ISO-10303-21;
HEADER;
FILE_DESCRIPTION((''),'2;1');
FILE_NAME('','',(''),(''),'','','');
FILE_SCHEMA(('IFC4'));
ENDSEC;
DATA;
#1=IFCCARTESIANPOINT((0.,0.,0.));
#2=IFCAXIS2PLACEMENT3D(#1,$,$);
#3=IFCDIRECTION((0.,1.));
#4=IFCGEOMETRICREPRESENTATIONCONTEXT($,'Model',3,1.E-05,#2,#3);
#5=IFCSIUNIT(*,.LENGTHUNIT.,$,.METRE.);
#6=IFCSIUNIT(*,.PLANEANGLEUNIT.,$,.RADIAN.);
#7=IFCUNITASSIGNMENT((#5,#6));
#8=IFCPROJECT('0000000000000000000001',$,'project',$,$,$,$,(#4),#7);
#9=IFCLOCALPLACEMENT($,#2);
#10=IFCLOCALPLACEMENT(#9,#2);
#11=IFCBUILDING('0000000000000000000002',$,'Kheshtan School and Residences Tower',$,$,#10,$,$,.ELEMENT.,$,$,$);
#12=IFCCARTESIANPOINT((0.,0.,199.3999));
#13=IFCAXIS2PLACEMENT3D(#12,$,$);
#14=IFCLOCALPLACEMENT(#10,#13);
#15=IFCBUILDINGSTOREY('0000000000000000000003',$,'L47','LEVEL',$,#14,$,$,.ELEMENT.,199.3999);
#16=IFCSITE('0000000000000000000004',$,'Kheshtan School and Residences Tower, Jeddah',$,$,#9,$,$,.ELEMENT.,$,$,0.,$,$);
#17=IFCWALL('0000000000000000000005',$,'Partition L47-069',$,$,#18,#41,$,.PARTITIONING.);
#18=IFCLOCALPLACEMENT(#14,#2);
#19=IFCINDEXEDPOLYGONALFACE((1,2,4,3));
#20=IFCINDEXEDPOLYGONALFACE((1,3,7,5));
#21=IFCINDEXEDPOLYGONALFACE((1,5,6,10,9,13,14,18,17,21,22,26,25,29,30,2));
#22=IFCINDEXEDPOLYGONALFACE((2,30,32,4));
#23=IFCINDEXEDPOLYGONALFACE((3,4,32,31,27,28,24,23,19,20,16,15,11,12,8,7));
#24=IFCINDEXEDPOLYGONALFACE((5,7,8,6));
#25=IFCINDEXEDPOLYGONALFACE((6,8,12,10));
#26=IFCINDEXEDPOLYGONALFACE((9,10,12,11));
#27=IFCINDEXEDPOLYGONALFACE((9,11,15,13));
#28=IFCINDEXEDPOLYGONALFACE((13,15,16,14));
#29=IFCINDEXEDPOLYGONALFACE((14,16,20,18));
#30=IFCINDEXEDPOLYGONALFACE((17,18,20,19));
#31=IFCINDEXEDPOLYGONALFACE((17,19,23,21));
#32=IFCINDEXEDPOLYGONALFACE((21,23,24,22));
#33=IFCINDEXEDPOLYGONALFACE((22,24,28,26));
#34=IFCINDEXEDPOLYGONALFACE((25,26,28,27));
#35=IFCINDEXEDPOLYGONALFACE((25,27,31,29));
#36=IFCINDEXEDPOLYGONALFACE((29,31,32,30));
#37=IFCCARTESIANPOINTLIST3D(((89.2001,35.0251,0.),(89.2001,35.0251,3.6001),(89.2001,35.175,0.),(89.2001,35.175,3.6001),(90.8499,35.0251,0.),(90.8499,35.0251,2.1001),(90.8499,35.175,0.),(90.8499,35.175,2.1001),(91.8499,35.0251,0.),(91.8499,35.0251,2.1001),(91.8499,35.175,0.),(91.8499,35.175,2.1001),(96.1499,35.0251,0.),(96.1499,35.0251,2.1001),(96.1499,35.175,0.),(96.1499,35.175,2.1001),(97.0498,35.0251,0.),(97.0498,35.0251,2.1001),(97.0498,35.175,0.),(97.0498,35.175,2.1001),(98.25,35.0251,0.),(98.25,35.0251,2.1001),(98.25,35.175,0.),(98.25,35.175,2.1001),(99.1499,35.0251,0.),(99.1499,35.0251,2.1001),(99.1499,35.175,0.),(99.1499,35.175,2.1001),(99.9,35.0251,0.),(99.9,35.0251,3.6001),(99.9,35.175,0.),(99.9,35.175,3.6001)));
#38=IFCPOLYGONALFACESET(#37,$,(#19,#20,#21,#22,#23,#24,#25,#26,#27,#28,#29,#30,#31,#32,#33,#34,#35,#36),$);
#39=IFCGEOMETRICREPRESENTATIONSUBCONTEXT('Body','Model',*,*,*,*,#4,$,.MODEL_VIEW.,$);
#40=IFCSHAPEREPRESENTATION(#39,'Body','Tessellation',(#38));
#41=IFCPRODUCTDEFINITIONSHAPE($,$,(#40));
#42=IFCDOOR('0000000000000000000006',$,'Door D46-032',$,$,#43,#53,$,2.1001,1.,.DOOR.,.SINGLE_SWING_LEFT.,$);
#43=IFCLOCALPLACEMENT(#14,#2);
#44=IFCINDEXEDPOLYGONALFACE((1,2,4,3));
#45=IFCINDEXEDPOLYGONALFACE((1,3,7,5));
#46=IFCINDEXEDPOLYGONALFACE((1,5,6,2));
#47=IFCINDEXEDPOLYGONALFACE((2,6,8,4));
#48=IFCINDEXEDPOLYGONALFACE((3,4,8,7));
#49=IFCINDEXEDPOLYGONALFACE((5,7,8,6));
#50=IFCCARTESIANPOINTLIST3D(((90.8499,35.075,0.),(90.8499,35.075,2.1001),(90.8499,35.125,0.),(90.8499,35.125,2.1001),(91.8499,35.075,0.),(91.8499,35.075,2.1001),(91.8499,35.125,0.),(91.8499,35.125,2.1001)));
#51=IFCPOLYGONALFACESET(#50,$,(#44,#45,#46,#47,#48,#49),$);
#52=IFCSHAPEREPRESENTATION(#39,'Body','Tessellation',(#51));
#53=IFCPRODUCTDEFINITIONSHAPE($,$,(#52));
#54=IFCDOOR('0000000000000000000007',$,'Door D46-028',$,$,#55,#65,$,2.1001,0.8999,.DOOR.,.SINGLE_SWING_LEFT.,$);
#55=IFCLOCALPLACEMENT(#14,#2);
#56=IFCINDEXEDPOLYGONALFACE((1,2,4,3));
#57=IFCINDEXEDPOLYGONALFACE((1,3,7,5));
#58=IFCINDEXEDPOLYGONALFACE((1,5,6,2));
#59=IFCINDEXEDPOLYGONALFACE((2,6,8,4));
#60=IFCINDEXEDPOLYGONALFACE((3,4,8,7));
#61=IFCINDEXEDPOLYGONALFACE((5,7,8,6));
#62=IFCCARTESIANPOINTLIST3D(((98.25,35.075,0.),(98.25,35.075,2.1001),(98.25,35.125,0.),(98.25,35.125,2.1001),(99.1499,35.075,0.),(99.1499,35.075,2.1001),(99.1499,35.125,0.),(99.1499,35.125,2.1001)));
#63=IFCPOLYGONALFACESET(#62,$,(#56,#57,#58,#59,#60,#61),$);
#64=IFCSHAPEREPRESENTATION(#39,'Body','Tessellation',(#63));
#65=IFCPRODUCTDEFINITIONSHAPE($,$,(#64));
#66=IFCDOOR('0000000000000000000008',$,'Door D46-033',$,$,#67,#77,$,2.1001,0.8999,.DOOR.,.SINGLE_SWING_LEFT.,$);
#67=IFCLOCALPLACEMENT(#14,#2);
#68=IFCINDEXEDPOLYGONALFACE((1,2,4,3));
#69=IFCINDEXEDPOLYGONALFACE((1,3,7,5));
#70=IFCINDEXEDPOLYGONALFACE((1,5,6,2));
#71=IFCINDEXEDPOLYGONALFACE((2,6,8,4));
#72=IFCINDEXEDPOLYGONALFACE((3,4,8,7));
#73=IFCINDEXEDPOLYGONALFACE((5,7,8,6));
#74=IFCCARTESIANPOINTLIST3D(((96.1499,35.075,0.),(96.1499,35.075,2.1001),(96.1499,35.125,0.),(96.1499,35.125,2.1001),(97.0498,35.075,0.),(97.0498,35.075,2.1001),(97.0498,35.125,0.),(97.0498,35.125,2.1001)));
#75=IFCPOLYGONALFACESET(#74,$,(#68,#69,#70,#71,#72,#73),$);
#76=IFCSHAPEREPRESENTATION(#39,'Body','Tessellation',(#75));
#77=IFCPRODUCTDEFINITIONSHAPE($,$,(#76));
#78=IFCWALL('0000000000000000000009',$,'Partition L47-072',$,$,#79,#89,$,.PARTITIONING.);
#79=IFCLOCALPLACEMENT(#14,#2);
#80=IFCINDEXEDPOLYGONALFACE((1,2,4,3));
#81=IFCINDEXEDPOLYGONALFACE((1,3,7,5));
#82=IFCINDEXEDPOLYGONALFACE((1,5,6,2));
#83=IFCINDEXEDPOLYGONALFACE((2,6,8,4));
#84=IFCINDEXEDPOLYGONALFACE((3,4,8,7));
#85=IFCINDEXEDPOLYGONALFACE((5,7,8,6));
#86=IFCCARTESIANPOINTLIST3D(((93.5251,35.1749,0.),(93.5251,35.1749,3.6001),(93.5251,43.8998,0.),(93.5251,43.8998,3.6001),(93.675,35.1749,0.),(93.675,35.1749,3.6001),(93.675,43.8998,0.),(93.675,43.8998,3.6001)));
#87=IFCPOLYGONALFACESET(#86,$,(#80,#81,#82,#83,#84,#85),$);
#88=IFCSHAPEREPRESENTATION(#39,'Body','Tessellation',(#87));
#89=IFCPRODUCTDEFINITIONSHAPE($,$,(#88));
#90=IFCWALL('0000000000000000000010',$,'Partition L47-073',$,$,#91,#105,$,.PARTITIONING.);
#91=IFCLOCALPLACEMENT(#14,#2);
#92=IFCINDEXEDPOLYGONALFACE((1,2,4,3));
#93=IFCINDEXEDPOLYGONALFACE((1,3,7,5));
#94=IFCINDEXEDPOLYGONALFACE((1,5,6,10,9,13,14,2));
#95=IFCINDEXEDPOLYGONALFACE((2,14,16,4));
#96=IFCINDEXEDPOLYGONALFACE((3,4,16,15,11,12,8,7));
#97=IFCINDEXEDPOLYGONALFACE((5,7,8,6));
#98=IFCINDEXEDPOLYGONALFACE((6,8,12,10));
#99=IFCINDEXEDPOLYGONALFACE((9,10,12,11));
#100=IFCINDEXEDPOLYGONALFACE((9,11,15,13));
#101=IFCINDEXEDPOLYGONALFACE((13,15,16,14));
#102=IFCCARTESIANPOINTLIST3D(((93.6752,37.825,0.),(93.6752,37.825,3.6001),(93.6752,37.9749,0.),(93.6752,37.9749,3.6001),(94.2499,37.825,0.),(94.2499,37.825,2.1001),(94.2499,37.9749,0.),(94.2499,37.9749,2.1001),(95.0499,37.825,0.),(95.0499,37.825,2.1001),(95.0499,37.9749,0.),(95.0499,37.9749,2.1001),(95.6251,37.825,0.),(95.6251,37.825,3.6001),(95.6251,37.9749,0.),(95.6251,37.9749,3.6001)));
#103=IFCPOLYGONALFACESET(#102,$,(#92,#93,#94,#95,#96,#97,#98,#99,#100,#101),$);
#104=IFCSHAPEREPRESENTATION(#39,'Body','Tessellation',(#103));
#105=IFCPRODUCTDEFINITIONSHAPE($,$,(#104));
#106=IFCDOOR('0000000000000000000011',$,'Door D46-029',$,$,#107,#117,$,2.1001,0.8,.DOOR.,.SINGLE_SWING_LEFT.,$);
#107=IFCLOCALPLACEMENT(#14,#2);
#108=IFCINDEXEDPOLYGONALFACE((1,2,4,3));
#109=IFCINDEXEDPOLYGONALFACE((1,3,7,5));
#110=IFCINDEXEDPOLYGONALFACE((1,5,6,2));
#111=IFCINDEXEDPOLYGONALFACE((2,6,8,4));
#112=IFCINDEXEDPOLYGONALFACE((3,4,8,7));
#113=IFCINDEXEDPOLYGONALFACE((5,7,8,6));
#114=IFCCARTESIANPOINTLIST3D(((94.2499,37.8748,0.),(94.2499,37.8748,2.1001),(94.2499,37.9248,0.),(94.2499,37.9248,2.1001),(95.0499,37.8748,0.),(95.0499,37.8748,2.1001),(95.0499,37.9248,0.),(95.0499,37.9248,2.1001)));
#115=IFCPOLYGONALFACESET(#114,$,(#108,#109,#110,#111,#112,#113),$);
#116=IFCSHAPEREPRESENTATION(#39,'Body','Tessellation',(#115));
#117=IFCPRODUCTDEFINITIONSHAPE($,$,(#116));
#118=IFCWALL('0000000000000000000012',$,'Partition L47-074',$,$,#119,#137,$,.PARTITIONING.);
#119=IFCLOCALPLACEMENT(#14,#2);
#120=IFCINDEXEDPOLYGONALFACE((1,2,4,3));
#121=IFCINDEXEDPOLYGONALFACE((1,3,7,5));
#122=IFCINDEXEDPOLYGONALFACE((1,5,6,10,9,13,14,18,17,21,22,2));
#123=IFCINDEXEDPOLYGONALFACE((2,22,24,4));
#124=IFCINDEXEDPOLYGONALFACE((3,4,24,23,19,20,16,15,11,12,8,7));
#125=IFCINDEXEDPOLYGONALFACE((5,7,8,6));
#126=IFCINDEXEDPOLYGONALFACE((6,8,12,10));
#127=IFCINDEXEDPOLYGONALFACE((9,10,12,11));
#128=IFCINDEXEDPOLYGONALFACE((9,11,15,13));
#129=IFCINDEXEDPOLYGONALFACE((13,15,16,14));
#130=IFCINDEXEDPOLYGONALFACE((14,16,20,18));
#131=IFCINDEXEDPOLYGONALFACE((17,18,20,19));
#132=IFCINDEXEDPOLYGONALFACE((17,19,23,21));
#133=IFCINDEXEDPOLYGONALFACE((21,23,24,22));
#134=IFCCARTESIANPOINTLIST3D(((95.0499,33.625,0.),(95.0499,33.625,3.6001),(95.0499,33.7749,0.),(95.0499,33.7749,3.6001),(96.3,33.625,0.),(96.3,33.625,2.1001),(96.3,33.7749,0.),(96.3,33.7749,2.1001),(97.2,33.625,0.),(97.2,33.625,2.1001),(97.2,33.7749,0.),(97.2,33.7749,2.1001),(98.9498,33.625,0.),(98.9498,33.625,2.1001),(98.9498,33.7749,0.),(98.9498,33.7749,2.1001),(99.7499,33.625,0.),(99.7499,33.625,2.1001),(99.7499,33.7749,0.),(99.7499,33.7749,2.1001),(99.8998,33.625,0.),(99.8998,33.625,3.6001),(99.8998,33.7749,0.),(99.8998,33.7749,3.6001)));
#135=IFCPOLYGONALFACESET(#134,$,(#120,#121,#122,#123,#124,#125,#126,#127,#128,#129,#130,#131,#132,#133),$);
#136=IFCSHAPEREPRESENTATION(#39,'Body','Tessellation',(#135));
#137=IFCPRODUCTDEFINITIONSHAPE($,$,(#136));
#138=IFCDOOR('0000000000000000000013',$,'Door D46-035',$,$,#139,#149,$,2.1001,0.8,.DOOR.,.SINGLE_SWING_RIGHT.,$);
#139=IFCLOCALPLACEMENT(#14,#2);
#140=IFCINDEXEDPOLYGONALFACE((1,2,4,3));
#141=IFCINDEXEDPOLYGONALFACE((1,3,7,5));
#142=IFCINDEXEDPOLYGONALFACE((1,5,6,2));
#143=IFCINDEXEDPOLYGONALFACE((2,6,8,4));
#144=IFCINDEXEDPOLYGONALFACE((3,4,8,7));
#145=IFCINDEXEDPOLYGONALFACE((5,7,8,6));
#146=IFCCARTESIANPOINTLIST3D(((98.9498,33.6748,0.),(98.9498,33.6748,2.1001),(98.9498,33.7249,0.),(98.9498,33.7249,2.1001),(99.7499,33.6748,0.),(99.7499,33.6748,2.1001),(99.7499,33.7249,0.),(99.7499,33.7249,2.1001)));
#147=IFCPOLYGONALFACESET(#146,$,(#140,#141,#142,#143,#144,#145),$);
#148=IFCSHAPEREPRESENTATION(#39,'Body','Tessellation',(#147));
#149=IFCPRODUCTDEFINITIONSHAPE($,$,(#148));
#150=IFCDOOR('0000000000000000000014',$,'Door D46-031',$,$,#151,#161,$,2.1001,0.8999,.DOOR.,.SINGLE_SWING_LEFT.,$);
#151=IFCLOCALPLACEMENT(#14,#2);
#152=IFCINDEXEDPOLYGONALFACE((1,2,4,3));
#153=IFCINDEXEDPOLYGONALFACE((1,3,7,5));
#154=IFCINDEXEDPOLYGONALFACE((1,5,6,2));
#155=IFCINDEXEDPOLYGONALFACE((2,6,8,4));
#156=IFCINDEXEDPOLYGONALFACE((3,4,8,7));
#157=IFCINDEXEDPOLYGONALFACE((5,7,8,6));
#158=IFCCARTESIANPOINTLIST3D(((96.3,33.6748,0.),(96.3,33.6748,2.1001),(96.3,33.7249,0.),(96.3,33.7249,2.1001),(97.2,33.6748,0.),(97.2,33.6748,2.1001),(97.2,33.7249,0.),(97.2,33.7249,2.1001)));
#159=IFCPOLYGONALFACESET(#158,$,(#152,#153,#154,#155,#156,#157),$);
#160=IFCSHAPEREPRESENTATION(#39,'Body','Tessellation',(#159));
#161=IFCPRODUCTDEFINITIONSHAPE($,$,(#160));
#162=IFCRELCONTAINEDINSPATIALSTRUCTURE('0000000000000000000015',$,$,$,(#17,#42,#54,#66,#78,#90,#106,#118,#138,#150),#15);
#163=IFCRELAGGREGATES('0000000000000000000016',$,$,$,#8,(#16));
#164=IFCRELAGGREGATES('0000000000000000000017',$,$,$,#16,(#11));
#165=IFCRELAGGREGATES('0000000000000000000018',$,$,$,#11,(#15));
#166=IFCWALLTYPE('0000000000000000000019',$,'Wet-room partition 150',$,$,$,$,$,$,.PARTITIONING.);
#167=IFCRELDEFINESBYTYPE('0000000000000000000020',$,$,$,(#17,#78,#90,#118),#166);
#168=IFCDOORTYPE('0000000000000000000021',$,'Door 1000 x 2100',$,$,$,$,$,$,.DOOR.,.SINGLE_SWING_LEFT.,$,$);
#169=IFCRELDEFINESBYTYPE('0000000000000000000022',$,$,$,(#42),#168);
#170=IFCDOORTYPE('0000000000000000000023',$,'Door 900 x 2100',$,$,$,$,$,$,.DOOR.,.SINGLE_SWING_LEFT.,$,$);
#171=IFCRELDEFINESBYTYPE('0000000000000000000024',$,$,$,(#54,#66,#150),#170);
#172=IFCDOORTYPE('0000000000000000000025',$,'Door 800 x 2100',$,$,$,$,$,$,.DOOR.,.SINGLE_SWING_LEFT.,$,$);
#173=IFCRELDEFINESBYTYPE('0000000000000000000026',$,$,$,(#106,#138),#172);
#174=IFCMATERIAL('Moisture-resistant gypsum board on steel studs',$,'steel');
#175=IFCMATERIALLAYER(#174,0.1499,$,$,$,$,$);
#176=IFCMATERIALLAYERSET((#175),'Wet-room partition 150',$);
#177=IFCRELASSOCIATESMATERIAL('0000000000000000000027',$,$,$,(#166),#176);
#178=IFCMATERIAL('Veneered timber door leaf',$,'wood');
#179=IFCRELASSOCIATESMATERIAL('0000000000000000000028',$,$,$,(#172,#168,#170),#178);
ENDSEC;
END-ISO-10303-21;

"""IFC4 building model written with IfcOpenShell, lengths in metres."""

from ifc_helpers import new_model, si_unit, direction, frame, frame_2d, origin, place, context, subcontext, project, spatial, rectangle, extrude, source, transform, mapped, material, layer, layer_set, type_object, element, fill, save


model = new_model("IFC4")

# Units and contexts
model_context = context("Model", 3, precision=1e-05, world=origin(), true_north=direction((0.0, 1.0)))
body_context = subcontext(model_context, "Body", "Model", "MODEL_VIEW")
ifc_project = project(units=[si_unit("LENGTHUNIT", "METRE"), si_unit("PLANEANGLEUNIT", "RADIAN")], contexts=[model_context])

# Site, building, storey
site_placement = place(None, origin())
site = spatial("IfcSite", under=ifc_project, at=site_placement, Name="Kheshtan School and Residences Tower, Jeddah", CompositionType="ELEMENT", RefElevation=0.0)
building_placement = place(site_placement, origin())
building = spatial("IfcBuilding", under=site, at=building_placement, Name="Kheshtan School and Residences Tower", CompositionType="ELEMENT")
storey_placement = place(building_placement, frame((0.0, 0.0, 199.3999)))
storey = spatial("IfcBuildingStorey", under=building, at=storey_placement, Name="L47", Description="LEVEL", CompositionType="ELEMENT", Elevation=199.3999)

# Wall, openings, doors
ifc_material_1 = material(Name="Moisture-resistant gypsum board on steel studs", Category="steel")
ifc_layer_1 = layer(ifc_material_1, 0.1499)
ifc_layer_set_1 = layer_set([ifc_layer_1], Name="Wet-room partition 150")
wall_type_1 = type_object("IfcWallType", Name="Wet-room partition 150", PredefinedType="PARTITIONING", material=ifc_layer_set_1)
ifc_material_2 = material(Name="Veneered timber door leaf", Category="wood")
door_type_1 = type_object("IfcDoorType", Name="Door 800 x 2100", OperationType="SINGLE_SWING_LEFT", PredefinedType="DOOR", material=ifc_material_2)
shared_shape_1 = source(origin(), body_context, "Body", "SweptSolid", [
    extrude(rectangle(XDim=0.8, YDim=2.1001, at=frame_2d((0.3999, 1.05))), frame((0.0, 0.0249, 0.0), z_axis=(0.0, -1.0, 0.0), x_axis=(1.0, 0.0, 0.0)), (0.0, 0.0, 1.0), 0.05),
])
wall_1_placement = place(storey_placement, frame((89.2, 35.1001, 0.0), z_axis=(0.0, 0.0, 1.0), x_axis=(1.0, 0.0, 0.0)))
wall_1 = element("IfcWall", 1, at=wall_1_placement, inside=storey, type_object=wall_type_1, Name="Partition L47-069", PredefinedType="PARTITIONING", context=body_context, shape_type="SweptSolid", body=[
    extrude(rectangle(XDim=10.7, YDim=0.1499, at=frame_2d((5.3501, 0.0))), origin(), (0.0, 0.0, 1.0), 3.6001),
])
opening_1_placement = place(wall_1_placement, frame((9.05, 0.0, 0.0)))
opening_1 = element("IfcOpeningElement", 2, at=opening_1_placement, cuts=wall_1, PredefinedType="OPENING", context=body_context, shape_type="SweptSolid", body=[
    extrude(rectangle(XDim=0.8999, YDim=2.1001, at=frame_2d((0.45, 1.05))), frame((0.0, 0.085, 0.0), z_axis=(0.0, -1.0, 0.0), x_axis=(1.0, 0.0, 0.0)), (0.0, 0.0, 1.0), 0.1699),
])
opening_2_placement = place(wall_1_placement, frame((1.6499, 0.0, 0.0)))
opening_2 = element("IfcOpeningElement", 3, at=opening_2_placement, cuts=wall_1, PredefinedType="OPENING", context=body_context, shape_type="SweptSolid", body=[
    extrude(rectangle(XDim=1.0, YDim=2.1001, at=frame_2d((0.5, 1.05))), frame((0.0, 0.085, 0.0), z_axis=(0.0, -1.0, 0.0), x_axis=(1.0, 0.0, 0.0)), (0.0, 0.0, 1.0), 0.1699),
])
opening_3_placement = place(wall_1_placement, frame((6.95, 0.0, 0.0)))
opening_3 = element("IfcOpeningElement", 4, at=opening_3_placement, cuts=wall_1, PredefinedType="OPENING", context=body_context, shape_type="SweptSolid", body=[
    extrude(rectangle(XDim=0.8999, YDim=2.1001, at=frame_2d((0.45, 1.05))), frame((0.0, 0.085, 0.0), z_axis=(0.0, -1.0, 0.0), x_axis=(1.0, 0.0, 0.0)), (0.0, 0.0, 1.0), 0.1699),
])
door_type_2 = type_object("IfcDoorType", Name="Door 1000 x 2100", OperationType="SINGLE_SWING_LEFT", PredefinedType="DOOR", material=ifc_material_2)
shared_shape_2 = source(origin(), body_context, "Body", "SweptSolid", [
    extrude(rectangle(XDim=1.0, YDim=2.1001, at=frame_2d((0.5, 1.05))), frame((0.0, 0.0249, 0.0), z_axis=(0.0, -1.0, 0.0), x_axis=(1.0, 0.0, 0.0)), (0.0, 0.0, 1.0), 0.05),
])
door_1_placement = place(opening_2_placement, origin())
door_1 = element("IfcDoor", 5, at=door_1_placement, inside=storey, type_object=door_type_2, Name="Door D46-032", OperationType="SINGLE_SWING_LEFT", OverallHeight=2.1001, OverallWidth=1.0, PredefinedType="DOOR", context=body_context, shape_type="MappedRepresentation", body=[
    mapped(shared_shape_2, transform((0.0, 0.0, 0.0), x_axis=(1.0, 0.0, 0.0), y_axis=(0.0, 1.0, 0.0), z_axis=(0.0, 0.0, 1.0), scale=1.0)),
])
fill(opening_2, door_1)
door_type_3 = type_object("IfcDoorType", Name="Door 900 x 2100", OperationType="SINGLE_SWING_LEFT", PredefinedType="DOOR", material=ifc_material_2)
shared_shape_3 = source(origin(), body_context, "Body", "SweptSolid", [
    extrude(rectangle(XDim=0.8999, YDim=2.1001, at=frame_2d((0.45, 1.05))), frame((0.0, 0.0249, 0.0), z_axis=(0.0, -1.0, 0.0), x_axis=(1.0, 0.0, 0.0)), (0.0, 0.0, 1.0), 0.05),
])
door_2_placement = place(opening_1_placement, origin())
door_2 = element("IfcDoor", 6, at=door_2_placement, inside=storey, type_object=door_type_3, Name="Door D46-028", OperationType="SINGLE_SWING_LEFT", OverallHeight=2.1001, OverallWidth=0.8999, PredefinedType="DOOR", context=body_context, shape_type="MappedRepresentation", body=[
    mapped(shared_shape_3, transform((0.0, 0.0, 0.0), x_axis=(1.0, 0.0, 0.0), y_axis=(0.0, 1.0, 0.0), z_axis=(0.0, 0.0, 1.0), scale=1.0)),
])
fill(opening_1, door_2)
door_3_placement = place(opening_3_placement, origin())
door_3 = element("IfcDoor", 7, at=door_3_placement, inside=storey, type_object=door_type_3, Name="Door D46-033", OperationType="SINGLE_SWING_LEFT", OverallHeight=2.1001, OverallWidth=0.8999, PredefinedType="DOOR", context=body_context, shape_type="MappedRepresentation", body=[
    mapped(shared_shape_3, transform((0.0, 0.0, 0.0), x_axis=(1.0, 0.0, 0.0), y_axis=(0.0, 1.0, 0.0), z_axis=(0.0, 0.0, 1.0), scale=1.0)),
])
fill(opening_3, door_3)

# Wall
wall_2_placement = place(storey_placement, frame((93.6001, 35.175, 0.0), z_axis=(0.0, 0.0, 1.0), x_axis=(0.0, 1.0, 0.0)))
element("IfcWall", 8, at=wall_2_placement, inside=storey, type_object=wall_type_1, Name="Partition L47-072", PredefinedType="PARTITIONING", context=body_context, shape_type="SweptSolid", body=[
    extrude(rectangle(XDim=8.7249, YDim=0.1499, at=frame_2d((4.3623, 0.0))), origin(), (0.0, 0.0, 1.0), 3.6001),
])

# Wall, opening, door
wall_3_placement = place(storey_placement, frame((93.675, 37.8999, 0.0), z_axis=(0.0, 0.0, 1.0), x_axis=(1.0, 0.0, 0.0)))
wall_3 = element("IfcWall", 9, at=wall_3_placement, inside=storey, type_object=wall_type_1, Name="Partition L47-073", PredefinedType="PARTITIONING", context=body_context, shape_type="SweptSolid", body=[
    extrude(rectangle(XDim=1.95, YDim=0.1499, at=frame_2d((0.9751, 0.0))), origin(), (0.0, 0.0, 1.0), 3.6001),
])
opening_4_placement = place(wall_3_placement, frame((0.575, 0.0, 0.0)))
opening_4 = element("IfcOpeningElement", 10, at=opening_4_placement, cuts=wall_3, PredefinedType="OPENING", context=body_context, shape_type="SweptSolid", body=[
    extrude(rectangle(XDim=0.8, YDim=2.1001, at=frame_2d((0.3999, 1.05))), frame((0.0, 0.085, 0.0), z_axis=(0.0, -1.0, 0.0), x_axis=(1.0, 0.0, 0.0)), (0.0, 0.0, 1.0), 0.1699),
])
door_4_placement = place(opening_4_placement, origin())
door_4 = element("IfcDoor", 11, at=door_4_placement, inside=storey, type_object=door_type_1, Name="Door D46-029", OperationType="SINGLE_SWING_LEFT", OverallHeight=2.1001, OverallWidth=0.8, PredefinedType="DOOR", context=body_context, shape_type="MappedRepresentation", body=[
    mapped(shared_shape_1, transform((0.0, 0.0, 0.0), x_axis=(1.0, 0.0, 0.0), y_axis=(0.0, 1.0, 0.0), z_axis=(0.0, 0.0, 1.0), scale=1.0)),
])
fill(opening_4, door_4)

# Wall, openings, doors
wall_4_placement = place(storey_placement, frame((95.05, 33.7, 0.0), z_axis=(0.0, 0.0, 1.0), x_axis=(1.0, 0.0, 0.0)))
wall_4 = element("IfcWall", 12, at=wall_4_placement, inside=storey, type_object=wall_type_1, Name="Partition L47-074", PredefinedType="PARTITIONING", context=body_context, shape_type="SweptSolid", body=[
    extrude(rectangle(XDim=4.8499, YDim=0.1499, at=frame_2d((2.4248, 0.0))), origin(), (0.0, 0.0, 1.0), 3.6001),
])
opening_5_placement = place(wall_4_placement, frame((1.25, 0.0, 0.0)))
opening_5 = element("IfcOpeningElement", 13, at=opening_5_placement, cuts=wall_4, PredefinedType="OPENING", context=body_context, shape_type="SweptSolid", body=[
    extrude(rectangle(XDim=0.8999, YDim=2.1001, at=frame_2d((0.45, 1.05))), frame((0.0, 0.085, 0.0), z_axis=(0.0, -1.0, 0.0), x_axis=(1.0, 0.0, 0.0)), (0.0, 0.0, 1.0), 0.1699),
])
opening_6_placement = place(wall_4_placement, frame((3.8999, 0.0, 0.0)))
opening_6 = element("IfcOpeningElement", 14, at=opening_6_placement, cuts=wall_4, PredefinedType="OPENING", context=body_context, shape_type="SweptSolid", body=[
    extrude(rectangle(XDim=0.8, YDim=2.1001, at=frame_2d((0.3999, 1.05))), frame((0.0, 0.085, 0.0), z_axis=(0.0, -1.0, 0.0), x_axis=(1.0, 0.0, 0.0)), (0.0, 0.0, 1.0), 0.1699),
])
door_5_placement = place(opening_6_placement, origin())
door_5 = element("IfcDoor", 15, at=door_5_placement, inside=storey, type_object=door_type_1, Name="Door D46-035", OperationType="SINGLE_SWING_RIGHT", OverallHeight=2.1001, OverallWidth=0.8, PredefinedType="DOOR", context=body_context, shape_type="MappedRepresentation", body=[
    mapped(shared_shape_1, transform((0.0, 0.0, 0.0), x_axis=(1.0, 0.0, 0.0), y_axis=(0.0, 1.0, 0.0), z_axis=(0.0, 0.0, 1.0), scale=1.0)),
])
fill(opening_6, door_5)
door_6_placement = place(opening_5_placement, origin())
door_6 = element("IfcDoor", 16, at=door_6_placement, inside=storey, type_object=door_type_3, Name="Door D46-031", OperationType="SINGLE_SWING_LEFT", OverallHeight=2.1001, OverallWidth=0.8999, PredefinedType="DOOR", context=body_context, shape_type="MappedRepresentation", body=[
    mapped(shared_shape_3, transform((0.0, 0.0, 0.0), x_axis=(1.0, 0.0, 0.0), y_axis=(0.0, 1.0, 0.0), z_axis=(0.0, 0.0, 1.0), scale=1.0)),
])
fill(opening_5, door_6)

save(model, "model.ifc")
